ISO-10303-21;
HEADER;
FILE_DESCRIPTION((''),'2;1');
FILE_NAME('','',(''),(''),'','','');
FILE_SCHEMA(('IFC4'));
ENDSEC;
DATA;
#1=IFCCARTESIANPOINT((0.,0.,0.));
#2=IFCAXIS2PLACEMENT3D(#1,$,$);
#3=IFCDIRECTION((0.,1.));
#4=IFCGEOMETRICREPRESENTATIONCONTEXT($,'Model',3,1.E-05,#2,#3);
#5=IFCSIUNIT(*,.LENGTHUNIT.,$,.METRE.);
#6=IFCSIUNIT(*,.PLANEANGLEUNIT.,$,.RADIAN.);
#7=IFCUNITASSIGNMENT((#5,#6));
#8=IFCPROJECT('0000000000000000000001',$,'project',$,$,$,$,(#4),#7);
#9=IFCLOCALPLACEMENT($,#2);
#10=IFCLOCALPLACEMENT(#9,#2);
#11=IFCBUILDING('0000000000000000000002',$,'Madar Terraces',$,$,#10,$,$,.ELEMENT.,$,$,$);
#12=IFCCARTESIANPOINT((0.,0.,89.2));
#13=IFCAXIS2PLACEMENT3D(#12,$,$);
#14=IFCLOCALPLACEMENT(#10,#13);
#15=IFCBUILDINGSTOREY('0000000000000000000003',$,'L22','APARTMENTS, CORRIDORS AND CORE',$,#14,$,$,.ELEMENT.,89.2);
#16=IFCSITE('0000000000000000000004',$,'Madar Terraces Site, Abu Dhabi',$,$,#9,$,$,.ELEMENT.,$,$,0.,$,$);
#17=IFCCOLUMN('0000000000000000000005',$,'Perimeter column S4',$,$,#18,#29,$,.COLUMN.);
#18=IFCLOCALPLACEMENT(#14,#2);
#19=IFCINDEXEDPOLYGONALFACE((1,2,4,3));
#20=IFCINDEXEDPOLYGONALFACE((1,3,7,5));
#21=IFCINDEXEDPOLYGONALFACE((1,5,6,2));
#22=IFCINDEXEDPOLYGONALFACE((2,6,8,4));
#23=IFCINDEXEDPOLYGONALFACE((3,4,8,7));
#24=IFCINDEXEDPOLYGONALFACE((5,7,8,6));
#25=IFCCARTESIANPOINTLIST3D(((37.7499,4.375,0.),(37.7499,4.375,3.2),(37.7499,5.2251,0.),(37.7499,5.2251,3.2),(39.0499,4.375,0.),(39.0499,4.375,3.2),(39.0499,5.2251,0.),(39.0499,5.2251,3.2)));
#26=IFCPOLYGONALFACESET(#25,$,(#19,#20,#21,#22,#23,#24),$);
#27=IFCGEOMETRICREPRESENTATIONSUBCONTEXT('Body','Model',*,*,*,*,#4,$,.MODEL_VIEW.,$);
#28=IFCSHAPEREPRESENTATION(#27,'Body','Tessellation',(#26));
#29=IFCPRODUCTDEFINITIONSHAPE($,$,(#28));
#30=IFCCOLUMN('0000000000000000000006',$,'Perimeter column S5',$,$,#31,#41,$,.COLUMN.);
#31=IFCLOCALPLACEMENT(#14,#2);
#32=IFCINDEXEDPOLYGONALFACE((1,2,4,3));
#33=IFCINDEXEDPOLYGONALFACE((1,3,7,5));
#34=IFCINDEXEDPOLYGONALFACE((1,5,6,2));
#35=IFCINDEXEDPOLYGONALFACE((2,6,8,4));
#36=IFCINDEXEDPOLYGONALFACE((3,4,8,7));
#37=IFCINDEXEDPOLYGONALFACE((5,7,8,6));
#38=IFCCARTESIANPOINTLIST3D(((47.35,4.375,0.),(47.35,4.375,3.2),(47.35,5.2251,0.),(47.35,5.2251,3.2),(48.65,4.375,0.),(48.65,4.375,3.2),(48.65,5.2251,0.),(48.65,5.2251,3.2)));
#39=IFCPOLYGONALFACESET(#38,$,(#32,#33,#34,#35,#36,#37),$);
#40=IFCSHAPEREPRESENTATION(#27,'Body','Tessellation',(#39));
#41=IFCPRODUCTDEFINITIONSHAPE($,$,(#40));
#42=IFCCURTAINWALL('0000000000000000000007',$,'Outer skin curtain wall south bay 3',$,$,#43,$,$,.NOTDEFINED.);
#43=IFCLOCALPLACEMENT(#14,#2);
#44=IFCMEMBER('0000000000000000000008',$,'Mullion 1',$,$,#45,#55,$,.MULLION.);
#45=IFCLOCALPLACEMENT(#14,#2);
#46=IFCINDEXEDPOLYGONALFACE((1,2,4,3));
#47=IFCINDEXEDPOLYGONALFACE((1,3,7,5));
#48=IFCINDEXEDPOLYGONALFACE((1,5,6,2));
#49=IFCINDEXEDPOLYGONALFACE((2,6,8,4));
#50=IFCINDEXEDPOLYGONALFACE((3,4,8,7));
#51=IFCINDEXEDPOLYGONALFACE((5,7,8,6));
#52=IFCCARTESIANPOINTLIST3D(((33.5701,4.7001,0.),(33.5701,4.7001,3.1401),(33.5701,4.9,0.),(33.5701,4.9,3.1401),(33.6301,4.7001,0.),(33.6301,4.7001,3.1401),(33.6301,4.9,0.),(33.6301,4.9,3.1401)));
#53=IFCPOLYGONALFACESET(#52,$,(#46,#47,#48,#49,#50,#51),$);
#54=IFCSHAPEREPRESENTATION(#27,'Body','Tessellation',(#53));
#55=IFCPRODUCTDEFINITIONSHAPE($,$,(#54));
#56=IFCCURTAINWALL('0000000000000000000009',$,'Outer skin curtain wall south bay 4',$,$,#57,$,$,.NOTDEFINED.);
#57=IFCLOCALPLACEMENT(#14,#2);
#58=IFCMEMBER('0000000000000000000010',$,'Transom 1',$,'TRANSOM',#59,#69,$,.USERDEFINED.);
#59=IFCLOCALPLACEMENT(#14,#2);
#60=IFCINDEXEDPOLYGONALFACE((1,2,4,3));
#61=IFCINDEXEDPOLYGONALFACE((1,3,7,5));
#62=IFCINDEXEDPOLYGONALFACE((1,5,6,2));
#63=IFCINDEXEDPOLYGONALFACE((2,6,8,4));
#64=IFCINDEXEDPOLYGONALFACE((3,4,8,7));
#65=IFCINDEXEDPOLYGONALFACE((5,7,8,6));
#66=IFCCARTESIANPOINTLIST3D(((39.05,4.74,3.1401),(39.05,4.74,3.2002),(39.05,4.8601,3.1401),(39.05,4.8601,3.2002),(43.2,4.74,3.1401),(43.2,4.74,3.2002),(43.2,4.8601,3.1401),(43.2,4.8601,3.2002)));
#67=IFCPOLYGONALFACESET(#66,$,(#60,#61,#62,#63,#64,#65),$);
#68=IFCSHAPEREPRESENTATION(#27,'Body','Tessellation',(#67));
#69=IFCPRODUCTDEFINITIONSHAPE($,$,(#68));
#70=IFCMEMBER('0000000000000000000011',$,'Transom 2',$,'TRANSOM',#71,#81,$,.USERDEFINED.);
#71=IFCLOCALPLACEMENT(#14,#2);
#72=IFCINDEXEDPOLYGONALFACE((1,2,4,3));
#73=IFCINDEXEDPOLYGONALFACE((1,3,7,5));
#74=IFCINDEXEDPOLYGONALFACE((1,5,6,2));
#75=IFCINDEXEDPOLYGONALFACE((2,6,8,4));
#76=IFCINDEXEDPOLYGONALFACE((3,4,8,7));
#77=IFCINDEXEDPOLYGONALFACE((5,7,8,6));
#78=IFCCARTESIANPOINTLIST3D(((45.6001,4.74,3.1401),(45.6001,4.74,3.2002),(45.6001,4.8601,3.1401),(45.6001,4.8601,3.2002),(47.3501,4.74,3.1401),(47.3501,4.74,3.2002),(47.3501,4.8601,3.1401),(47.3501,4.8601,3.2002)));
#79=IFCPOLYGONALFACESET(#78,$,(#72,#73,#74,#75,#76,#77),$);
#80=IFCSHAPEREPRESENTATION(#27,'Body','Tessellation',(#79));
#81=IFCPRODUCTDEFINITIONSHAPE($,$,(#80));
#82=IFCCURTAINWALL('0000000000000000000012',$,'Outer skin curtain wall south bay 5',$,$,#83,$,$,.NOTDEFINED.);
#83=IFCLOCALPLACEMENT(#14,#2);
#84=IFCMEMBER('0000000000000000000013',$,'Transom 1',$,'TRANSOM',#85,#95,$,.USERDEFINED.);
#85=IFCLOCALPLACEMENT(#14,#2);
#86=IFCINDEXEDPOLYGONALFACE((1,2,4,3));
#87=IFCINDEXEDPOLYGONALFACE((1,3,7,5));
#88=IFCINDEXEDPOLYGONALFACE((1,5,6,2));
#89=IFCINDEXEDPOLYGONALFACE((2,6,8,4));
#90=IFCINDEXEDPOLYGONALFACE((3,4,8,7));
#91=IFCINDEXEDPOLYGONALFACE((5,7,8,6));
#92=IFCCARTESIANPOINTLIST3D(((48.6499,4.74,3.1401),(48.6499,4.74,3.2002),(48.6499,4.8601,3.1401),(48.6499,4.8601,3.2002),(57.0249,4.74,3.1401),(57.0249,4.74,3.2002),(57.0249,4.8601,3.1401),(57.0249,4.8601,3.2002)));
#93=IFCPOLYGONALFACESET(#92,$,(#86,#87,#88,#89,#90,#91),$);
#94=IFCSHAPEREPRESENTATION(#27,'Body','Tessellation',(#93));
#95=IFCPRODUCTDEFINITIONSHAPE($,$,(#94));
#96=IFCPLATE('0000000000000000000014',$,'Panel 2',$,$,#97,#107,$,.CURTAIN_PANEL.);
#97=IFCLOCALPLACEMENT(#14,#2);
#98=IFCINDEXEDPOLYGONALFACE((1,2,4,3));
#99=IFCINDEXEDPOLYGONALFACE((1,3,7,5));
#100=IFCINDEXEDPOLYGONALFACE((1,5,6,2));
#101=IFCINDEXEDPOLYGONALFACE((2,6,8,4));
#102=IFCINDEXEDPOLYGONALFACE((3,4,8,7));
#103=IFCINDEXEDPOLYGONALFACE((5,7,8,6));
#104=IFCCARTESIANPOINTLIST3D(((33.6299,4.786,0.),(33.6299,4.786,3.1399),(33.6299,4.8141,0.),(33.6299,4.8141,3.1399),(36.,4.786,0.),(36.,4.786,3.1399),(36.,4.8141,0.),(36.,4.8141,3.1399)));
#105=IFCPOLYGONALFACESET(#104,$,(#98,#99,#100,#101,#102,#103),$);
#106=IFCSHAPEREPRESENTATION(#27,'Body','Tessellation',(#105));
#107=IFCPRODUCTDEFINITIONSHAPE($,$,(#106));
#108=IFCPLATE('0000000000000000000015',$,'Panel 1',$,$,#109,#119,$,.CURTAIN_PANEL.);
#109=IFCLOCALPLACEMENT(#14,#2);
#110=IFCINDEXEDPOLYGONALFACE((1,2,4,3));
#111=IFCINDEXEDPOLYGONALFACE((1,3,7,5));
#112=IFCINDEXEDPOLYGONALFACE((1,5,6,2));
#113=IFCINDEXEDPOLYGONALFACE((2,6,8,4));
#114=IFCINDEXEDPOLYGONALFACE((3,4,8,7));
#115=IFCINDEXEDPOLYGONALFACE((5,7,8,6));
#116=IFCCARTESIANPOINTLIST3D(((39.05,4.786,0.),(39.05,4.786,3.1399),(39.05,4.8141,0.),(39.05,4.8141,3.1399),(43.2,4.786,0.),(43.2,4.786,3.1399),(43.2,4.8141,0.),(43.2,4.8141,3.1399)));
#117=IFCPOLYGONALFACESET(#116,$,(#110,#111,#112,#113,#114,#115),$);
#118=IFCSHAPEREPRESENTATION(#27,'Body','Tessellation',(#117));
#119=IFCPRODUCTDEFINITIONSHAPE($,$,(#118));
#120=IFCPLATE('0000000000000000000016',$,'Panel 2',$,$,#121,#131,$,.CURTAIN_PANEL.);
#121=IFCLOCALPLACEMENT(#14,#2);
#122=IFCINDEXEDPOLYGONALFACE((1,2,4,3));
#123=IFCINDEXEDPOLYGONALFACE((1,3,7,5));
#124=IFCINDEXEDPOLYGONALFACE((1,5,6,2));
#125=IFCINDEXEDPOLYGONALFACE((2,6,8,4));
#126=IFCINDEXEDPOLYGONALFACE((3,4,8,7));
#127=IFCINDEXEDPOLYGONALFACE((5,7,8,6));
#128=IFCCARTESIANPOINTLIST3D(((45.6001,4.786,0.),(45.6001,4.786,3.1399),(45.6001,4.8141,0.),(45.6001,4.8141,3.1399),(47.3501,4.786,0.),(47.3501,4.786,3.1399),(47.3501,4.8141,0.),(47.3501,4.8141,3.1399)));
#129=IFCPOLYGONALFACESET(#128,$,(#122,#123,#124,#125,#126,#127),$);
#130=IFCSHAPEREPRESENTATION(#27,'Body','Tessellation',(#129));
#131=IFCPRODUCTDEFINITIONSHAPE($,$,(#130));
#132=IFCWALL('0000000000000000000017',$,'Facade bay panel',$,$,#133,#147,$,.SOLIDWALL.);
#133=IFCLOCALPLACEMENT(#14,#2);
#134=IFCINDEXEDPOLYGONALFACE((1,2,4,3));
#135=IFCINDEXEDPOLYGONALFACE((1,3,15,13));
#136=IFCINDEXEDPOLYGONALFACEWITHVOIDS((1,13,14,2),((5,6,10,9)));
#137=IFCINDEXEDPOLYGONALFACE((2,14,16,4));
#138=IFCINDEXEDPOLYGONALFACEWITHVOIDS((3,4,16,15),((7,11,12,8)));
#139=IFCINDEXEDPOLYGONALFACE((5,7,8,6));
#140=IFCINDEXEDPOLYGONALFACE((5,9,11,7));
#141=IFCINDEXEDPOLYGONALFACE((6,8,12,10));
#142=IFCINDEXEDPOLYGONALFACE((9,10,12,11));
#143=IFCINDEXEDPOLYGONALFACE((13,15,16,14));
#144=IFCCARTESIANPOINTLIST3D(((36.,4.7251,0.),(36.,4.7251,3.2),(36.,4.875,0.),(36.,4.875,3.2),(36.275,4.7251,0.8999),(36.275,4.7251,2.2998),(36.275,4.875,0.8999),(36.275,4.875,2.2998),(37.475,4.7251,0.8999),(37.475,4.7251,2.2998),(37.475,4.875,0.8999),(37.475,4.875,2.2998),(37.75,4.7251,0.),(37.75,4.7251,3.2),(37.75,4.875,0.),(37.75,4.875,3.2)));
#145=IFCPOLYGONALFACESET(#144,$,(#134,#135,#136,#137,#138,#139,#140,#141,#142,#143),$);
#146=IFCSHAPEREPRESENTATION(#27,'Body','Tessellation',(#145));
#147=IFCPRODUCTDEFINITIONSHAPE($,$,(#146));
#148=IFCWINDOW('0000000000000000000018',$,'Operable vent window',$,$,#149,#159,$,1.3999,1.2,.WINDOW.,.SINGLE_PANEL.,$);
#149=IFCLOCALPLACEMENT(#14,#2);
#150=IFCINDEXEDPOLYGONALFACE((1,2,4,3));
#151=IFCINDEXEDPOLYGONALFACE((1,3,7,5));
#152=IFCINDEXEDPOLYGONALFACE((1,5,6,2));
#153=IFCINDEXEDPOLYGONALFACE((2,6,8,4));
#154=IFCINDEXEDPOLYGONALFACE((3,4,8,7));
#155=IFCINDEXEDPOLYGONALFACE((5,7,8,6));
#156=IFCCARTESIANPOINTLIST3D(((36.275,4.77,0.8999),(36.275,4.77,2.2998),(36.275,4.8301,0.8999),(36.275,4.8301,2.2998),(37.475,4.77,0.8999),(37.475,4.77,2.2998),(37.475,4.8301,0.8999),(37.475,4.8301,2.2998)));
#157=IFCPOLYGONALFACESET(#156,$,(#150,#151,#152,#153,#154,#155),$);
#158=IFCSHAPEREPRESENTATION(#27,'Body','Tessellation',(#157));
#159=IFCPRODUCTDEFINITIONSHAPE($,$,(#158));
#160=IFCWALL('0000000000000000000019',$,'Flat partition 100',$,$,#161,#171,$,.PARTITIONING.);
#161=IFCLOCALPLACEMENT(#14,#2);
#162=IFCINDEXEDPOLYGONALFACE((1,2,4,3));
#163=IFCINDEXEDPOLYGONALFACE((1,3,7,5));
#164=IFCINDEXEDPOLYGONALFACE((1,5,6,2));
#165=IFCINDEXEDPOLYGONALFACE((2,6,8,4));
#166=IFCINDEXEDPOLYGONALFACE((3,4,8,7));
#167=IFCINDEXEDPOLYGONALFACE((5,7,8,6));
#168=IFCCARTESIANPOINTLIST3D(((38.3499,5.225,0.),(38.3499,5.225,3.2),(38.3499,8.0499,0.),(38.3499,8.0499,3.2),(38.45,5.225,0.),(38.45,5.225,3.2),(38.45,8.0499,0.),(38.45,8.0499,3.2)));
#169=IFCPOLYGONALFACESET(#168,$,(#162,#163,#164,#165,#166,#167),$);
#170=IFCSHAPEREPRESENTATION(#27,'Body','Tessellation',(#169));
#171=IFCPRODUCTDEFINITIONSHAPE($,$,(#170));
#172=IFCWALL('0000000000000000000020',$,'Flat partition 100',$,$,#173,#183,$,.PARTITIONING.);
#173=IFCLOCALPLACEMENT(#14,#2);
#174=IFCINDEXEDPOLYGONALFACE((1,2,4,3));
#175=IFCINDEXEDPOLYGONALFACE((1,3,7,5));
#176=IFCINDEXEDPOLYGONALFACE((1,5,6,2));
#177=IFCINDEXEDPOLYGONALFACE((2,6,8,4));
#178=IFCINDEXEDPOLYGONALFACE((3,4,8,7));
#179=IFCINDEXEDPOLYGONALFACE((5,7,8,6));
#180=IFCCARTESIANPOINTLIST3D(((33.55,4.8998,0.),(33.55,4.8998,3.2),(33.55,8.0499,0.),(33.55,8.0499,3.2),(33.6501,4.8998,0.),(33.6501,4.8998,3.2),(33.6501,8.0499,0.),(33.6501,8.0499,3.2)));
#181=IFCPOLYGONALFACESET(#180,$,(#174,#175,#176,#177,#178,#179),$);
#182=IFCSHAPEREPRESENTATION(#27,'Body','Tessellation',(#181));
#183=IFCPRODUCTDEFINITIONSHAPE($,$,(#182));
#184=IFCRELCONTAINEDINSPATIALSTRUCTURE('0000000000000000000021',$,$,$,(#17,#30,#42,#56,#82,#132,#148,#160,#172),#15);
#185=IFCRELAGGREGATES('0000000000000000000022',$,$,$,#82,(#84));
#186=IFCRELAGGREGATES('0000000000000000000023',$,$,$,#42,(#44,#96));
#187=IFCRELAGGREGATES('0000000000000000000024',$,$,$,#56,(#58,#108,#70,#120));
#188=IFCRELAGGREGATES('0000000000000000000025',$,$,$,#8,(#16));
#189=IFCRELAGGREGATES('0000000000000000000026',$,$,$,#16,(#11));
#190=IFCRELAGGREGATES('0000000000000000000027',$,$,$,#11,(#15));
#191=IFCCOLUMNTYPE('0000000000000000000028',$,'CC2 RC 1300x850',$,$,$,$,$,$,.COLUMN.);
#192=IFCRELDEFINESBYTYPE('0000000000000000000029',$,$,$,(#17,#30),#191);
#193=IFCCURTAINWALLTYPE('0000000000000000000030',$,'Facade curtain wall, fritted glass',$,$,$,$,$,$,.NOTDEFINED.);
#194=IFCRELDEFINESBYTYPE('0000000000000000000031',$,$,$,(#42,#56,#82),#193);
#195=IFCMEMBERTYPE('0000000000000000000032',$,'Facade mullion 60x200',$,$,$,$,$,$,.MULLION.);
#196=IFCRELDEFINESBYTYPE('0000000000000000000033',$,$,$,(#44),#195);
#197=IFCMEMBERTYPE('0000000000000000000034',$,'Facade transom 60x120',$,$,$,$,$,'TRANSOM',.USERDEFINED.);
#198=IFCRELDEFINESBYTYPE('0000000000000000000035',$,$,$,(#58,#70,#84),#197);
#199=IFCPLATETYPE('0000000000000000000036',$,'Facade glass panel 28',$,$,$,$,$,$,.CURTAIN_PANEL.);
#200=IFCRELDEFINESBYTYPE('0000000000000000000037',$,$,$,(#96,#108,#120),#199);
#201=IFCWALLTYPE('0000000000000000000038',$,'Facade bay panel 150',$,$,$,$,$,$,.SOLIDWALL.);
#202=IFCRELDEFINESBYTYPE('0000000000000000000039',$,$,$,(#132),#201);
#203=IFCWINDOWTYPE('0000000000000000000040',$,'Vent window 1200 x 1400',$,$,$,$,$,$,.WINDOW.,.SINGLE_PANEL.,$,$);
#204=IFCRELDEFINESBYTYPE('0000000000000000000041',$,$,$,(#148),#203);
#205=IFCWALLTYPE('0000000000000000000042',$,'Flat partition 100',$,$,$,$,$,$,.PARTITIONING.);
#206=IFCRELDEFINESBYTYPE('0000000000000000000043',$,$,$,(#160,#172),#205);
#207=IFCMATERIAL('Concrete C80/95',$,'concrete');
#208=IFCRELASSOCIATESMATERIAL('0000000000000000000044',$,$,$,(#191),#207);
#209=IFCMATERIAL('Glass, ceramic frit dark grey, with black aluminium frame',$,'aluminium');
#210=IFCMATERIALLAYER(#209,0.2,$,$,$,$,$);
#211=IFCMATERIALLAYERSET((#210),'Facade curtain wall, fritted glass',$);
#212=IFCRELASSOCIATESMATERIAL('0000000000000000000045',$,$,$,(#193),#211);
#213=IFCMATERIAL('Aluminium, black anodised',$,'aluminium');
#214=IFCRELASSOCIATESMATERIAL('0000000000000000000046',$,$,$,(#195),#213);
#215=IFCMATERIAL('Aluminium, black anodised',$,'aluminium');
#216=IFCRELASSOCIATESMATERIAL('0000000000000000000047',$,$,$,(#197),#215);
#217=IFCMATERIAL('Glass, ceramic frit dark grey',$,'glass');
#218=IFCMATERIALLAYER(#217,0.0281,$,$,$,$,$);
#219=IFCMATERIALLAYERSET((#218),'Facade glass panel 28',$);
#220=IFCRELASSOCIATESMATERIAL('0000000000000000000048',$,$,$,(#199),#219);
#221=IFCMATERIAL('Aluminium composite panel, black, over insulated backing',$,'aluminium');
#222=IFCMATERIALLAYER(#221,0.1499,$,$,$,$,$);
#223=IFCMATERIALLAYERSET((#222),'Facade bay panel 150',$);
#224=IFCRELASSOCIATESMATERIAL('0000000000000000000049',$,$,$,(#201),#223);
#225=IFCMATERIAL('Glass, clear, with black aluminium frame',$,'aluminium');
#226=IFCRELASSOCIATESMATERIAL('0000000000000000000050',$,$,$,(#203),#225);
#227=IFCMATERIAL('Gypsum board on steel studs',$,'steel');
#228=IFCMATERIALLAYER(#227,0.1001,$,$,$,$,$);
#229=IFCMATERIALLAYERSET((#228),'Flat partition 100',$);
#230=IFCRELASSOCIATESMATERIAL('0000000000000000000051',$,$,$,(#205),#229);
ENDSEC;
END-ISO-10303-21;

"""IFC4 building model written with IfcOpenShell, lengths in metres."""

from ifc_helpers import new_model, si_unit, direction, frame, frame_2d, origin, origin_2d, place, context, subcontext, project, spatial, rectangle, extrude, material, layer, layer_set, material_profile, profile_set, type_object, element, fill, aggregate, save


model = new_model("IFC4")

# Units and contexts
model_context = context("Model", 3, precision=1e-05, world=origin(), true_north=direction((0.0, 1.0)))
body_context = subcontext(model_context, "Body", "Model", "MODEL_VIEW")
ifc_project = project(units=[si_unit("LENGTHUNIT", "METRE"), si_unit("PLANEANGLEUNIT", "RADIAN")], contexts=[model_context])

# Site, building, storey
site_placement = place(None, origin())
site = spatial("IfcSite", under=ifc_project, at=site_placement, Name="Madar Terraces Site, Abu Dhabi", CompositionType="ELEMENT", RefElevation=0.0)
building_placement = place(site_placement, origin())
building = spatial("IfcBuilding", under=site, at=building_placement, Name="Madar Terraces", CompositionType="ELEMENT")
storey_placement = place(building_placement, frame((0.0, 0.0, 89.2)))
storey = spatial("IfcBuildingStorey", under=building, at=storey_placement, Name="L22", Description="APARTMENTS, CORRIDORS AND CORE", CompositionType="ELEMENT", Elevation=89.2)

# Columns
ifc_material_1 = material(Name="Concrete C80/95", Category="concrete")
ifc_material_profile_1 = material_profile(ifc_material_1, rectangle(XDim=1.3, YDim=0.8501, at=origin_2d()), Name="CC2 RC 1300x850")
ifc_profile_set_1 = profile_set([ifc_material_profile_1], Name="Concrete C80/95")
column_type = type_object("IfcColumnType", Name="CC2 RC 1300x850", PredefinedType="COLUMN", material=ifc_profile_set_1)
for number, where, z_axis, x_axis, name in (
    (1, (38.3999, 4.8, 0.0), (0.0, 0.0, 1.0), (1.0, 0.0, 0.0), "Perimeter column S4"),
    (2, (48.0, 4.8, 0.0), (0.0, 0.0, 1.0), (1.0, 0.0, 0.0), "Perimeter column S5"),
):
    element("IfcColumn", number, at=place(storey_placement, frame(where, z_axis=z_axis, x_axis=x_axis)), inside=storey, type_object=column_type, Name=name, PredefinedType="COLUMN", context=body_context, shape_type="SweptSolid", body=[
        extrude(rectangle(XDim=1.3, YDim=0.8501, at=origin_2d()), origin(), (0.0, 0.0, 1.0), 3.2),
    ])

# Curtain wall, member
ifc_material_2 = material(Name="Glass, ceramic frit dark grey, with black aluminium frame", Category="aluminium")
ifc_layer_1 = layer(ifc_material_2, 0.2)
ifc_layer_set_1 = layer_set([ifc_layer_1], Name="Facade curtain wall, fritted glass")
curtain_wall_type = type_object("IfcCurtainWallType", Name="Facade curtain wall, fritted glass", PredefinedType="NOTDEFINED", material=ifc_layer_set_1)
curtain_wall_1_placement = place(storey_placement, origin())
curtain_wall_1 = element("IfcCurtainWall", 3, at=curtain_wall_1_placement, inside=storey, type_object=curtain_wall_type, Name="Outer skin curtain wall south bay 3", PredefinedType="NOTDEFINED")
ifc_material_3 = material(Name="Aluminium, black anodised", Category="aluminium")
ifc_material_profile_2 = material_profile(ifc_material_3, rectangle(XDim=0.2, YDim=0.0601, at=origin_2d()), Name="Facade mullion 60x200")
ifc_profile_set_2 = profile_set([ifc_material_profile_2], Name="Aluminium, black anodised")
member_type_1 = type_object("IfcMemberType", Name="Facade mullion 60x200", PredefinedType="MULLION", material=ifc_profile_set_2)
member_1_placement = place(storey_placement, frame((33.6001, 4.8, 0.0), z_axis=(0.0, 0.0, 1.0), x_axis=(0.0, 1.0, 0.0)))
member_1 = element("IfcMember", 4, at=member_1_placement, type_object=member_type_1, Name="Mullion 1", PredefinedType="MULLION", context=body_context, shape_type="SweptSolid", body=[
    extrude(rectangle(XDim=0.2, YDim=0.0601, at=origin_2d()), origin(), (0.0, 0.0, 1.0), 3.1401),
])

# Curtain wall, members
curtain_wall_2_placement = place(storey_placement, origin())
curtain_wall_2 = element("IfcCurtainWall", 5, at=curtain_wall_2_placement, inside=storey, type_object=curtain_wall_type, Name="Outer skin curtain wall south bay 4", PredefinedType="NOTDEFINED")
ifc_material_4 = material(Name="Aluminium, black anodised", Category="aluminium")
ifc_material_profile_3 = material_profile(ifc_material_4, rectangle(XDim=0.1201, YDim=0.0601, at=origin_2d()), Name="Facade transom 60x120")
ifc_profile_set_3 = profile_set([ifc_material_profile_3], Name="Aluminium, black anodised")
member_type_2 = type_object("IfcMemberType", Name="Facade transom 60x120", ElementType="TRANSOM", PredefinedType="USERDEFINED", material=ifc_profile_set_3)
member_2_placement = place(storey_placement, frame((39.05, 4.8, 3.1702), z_axis=(1.0, 0.0, 0.0), x_axis=(0.0, 1.0, 0.0)))
member_2 = element("IfcMember", 6, at=member_2_placement, type_object=member_type_2, Name="Transom 1", ObjectType="TRANSOM", PredefinedType="USERDEFINED", context=body_context, shape_type="SweptSolid", body=[
    extrude(rectangle(XDim=0.1201, YDim=0.0601, at=origin_2d()), origin(), (0.0, 0.0, 1.0), 4.1499),
])
member_3_placement = place(storey_placement, frame((45.6001, 4.8, 3.1702), z_axis=(1.0, 0.0, 0.0), x_axis=(0.0, 1.0, 0.0)))
member_3 = element("IfcMember", 7, at=member_3_placement, type_object=member_type_2, Name="Transom 2", ObjectType="TRANSOM", PredefinedType="USERDEFINED", context=body_context, shape_type="SweptSolid", body=[
    extrude(rectangle(XDim=0.1201, YDim=0.0601, at=origin_2d()), origin(), (0.0, 0.0, 1.0), 1.75),
])

# Curtain wall, member
curtain_wall_3_placement = place(storey_placement, origin())
curtain_wall_3 = element("IfcCurtainWall", 8, at=curtain_wall_3_placement, inside=storey, type_object=curtain_wall_type, Name="Outer skin curtain wall south bay 5", PredefinedType="NOTDEFINED")
member_4_placement = place(storey_placement, frame((48.6499, 4.8, 3.1702), z_axis=(1.0, 0.0, 0.0), x_axis=(0.0, 1.0, 0.0)))
member_4 = element("IfcMember", 9, at=member_4_placement, type_object=member_type_2, Name="Transom 1", ObjectType="TRANSOM", PredefinedType="USERDEFINED", context=body_context, shape_type="SweptSolid", body=[
    extrude(rectangle(XDim=0.1201, YDim=0.0601, at=origin_2d()), origin(), (0.0, 0.0, 1.0), 8.375),
])
aggregate(curtain_wall_3, [member_4])

# Plates
ifc_material_5 = material(Name="Glass, ceramic frit dark grey", Category="glass")
ifc_layer_2 = layer(ifc_material_5, 0.0281)
ifc_layer_set_2 = layer_set([ifc_layer_2], Name="Facade glass panel 28")
plate_type = type_object("IfcPlateType", Name="Facade glass panel 28", PredefinedType="CURTAIN_PANEL", material=ifc_layer_set_2)
plate_1_placement = place(storey_placement, frame((34.8149, 4.8, 0.0), z_axis=(0.0, 0.0, 1.0), x_axis=(1.0, 0.0, 0.0)))
plate_1 = element("IfcPlate", 10, at=plate_1_placement, type_object=plate_type, Name="Panel 2", PredefinedType="CURTAIN_PANEL", context=body_context, shape_type="SweptSolid", body=[
    extrude(rectangle(XDim=2.3701, YDim=0.0281, at=origin_2d()), origin(), (0.0, 0.0, 1.0), 3.1399),
])
aggregate(curtain_wall_1, [member_1, plate_1])
plate_2_placement = place(storey_placement, frame((41.125, 4.8, 0.0), z_axis=(0.0, 0.0, 1.0), x_axis=(1.0, 0.0, 0.0)))
plate_2 = element("IfcPlate", 11, at=plate_2_placement, type_object=plate_type, Name="Panel 1", PredefinedType="CURTAIN_PANEL", context=body_context, shape_type="SweptSolid", body=[
    extrude(rectangle(XDim=4.1499, YDim=0.0281, at=origin_2d()), origin(), (0.0, 0.0, 1.0), 3.1399),
])
plate_3_placement = place(storey_placement, frame((46.4751, 4.8, 0.0), z_axis=(0.0, 0.0, 1.0), x_axis=(1.0, 0.0, 0.0)))
plate_3 = element("IfcPlate", 12, at=plate_3_placement, type_object=plate_type, Name="Panel 2", PredefinedType="CURTAIN_PANEL", context=body_context, shape_type="SweptSolid", body=[
    extrude(rectangle(XDim=1.75, YDim=0.0281, at=origin_2d()), origin(), (0.0, 0.0, 1.0), 3.1399),
])
aggregate(curtain_wall_2, [member_2, plate_2, member_3, plate_3])

# Wall, opening, window
ifc_material_6 = material(Name="Aluminium composite panel, black, over insulated backing", Category="aluminium")
ifc_layer_3 = layer(ifc_material_6, 0.1499)
ifc_layer_set_3 = layer_set([ifc_layer_3], Name="Facade bay panel 150")
wall_type_1 = type_object("IfcWallType", Name="Facade bay panel 150", PredefinedType="SOLIDWALL", material=ifc_layer_set_3)
wall_1_placement = place(storey_placement, frame((36.0, 4.8, 0.0), z_axis=(0.0, 0.0, 1.0), x_axis=(1.0, 0.0, 0.0)))
wall_1 = element("IfcWall", 13, at=wall_1_placement, inside=storey, type_object=wall_type_1, Name="Facade bay panel", PredefinedType="SOLIDWALL", context=body_context, shape_type="SweptSolid", body=[
    extrude(rectangle(XDim=1.75, YDim=0.1499, at=frame_2d((0.875, 0.0))), origin(), (0.0, 0.0, 1.0), 3.2),
])
opening_1_placement = place(wall_1_placement, frame((0.2749, 0.0, 0.8999)))
opening_1 = element("IfcOpeningElement", 14, at=opening_1_placement, cuts=wall_1, PredefinedType="OPENING", context=body_context, shape_type="SweptSolid", body=[
    extrude(rectangle(XDim=1.2, YDim=1.3999, at=frame_2d((0.6001, 0.7))), frame((0.0, 0.085, 0.0), z_axis=(0.0, -1.0, 0.0), x_axis=(1.0, 0.0, 0.0)), (0.0, 0.0, 1.0), 0.1699),
])
ifc_material_7 = material(Name="Glass, clear, with black aluminium frame", Category="aluminium")
window_type = type_object("IfcWindowType", Name="Vent window 1200 x 1400", PartitioningType="SINGLE_PANEL", PredefinedType="WINDOW", material=ifc_material_7)
window_placement = place(opening_1_placement, origin())
window = element("IfcWindow", 15, at=window_placement, inside=storey, type_object=window_type, Name="Operable vent window", OverallHeight=1.3999, OverallWidth=1.2, PartitioningType="SINGLE_PANEL", PredefinedType="WINDOW", context=body_context, shape_type="SweptSolid", body=[
    extrude(rectangle(XDim=1.2, YDim=1.3999, at=frame_2d((0.6001, 0.7))), frame((0.0, 0.03, 0.0), z_axis=(0.0, -1.0, 0.0), x_axis=(1.0, 0.0, 0.0)), (0.0, 0.0, 1.0), 0.0601),
])
fill(opening_1, window)

# Walls
ifc_material_8 = material(Name="Gypsum board on steel studs", Category="steel")
ifc_layer_4 = layer(ifc_material_8, 0.1001)
ifc_layer_set_4 = layer_set([ifc_layer_4], Name="Flat partition 100")
wall_type_2 = type_object("IfcWallType", Name="Flat partition 100", PredefinedType="PARTITIONING", material=ifc_layer_set_4)
wall_2_placement = place(storey_placement, frame((38.3999, 8.05, 0.0), z_axis=(0.0, 0.0, 1.0), x_axis=(0.0, -1.0, 0.0)))
element("IfcWall", 16, at=wall_2_placement, inside=storey, type_object=wall_type_2, Name="Flat partition 100", PredefinedType="PARTITIONING", context=body_context, shape_type="SweptSolid", body=[
    extrude(rectangle(XDim=2.825, YDim=0.1001, at=frame_2d((1.4126, 0.0))), origin(), (0.0, 0.0, 1.0), 3.2),
])
wall_3_placement = place(storey_placement, frame((33.6001, 8.05, 0.0), z_axis=(0.0, 0.0, 1.0), x_axis=(0.0, -1.0, 0.0)))
element("IfcWall", 17, at=wall_3_placement, inside=storey, type_object=wall_type_2, Name="Flat partition 100", PredefinedType="PARTITIONING", context=body_context, shape_type="SweptSolid", body=[
    extrude(rectangle(XDim=3.1501, YDim=0.1001, at=frame_2d((1.5752, 0.0))), origin(), (0.0, 0.0, 1.0), 3.2),
])

save(model, "model.ifc")
